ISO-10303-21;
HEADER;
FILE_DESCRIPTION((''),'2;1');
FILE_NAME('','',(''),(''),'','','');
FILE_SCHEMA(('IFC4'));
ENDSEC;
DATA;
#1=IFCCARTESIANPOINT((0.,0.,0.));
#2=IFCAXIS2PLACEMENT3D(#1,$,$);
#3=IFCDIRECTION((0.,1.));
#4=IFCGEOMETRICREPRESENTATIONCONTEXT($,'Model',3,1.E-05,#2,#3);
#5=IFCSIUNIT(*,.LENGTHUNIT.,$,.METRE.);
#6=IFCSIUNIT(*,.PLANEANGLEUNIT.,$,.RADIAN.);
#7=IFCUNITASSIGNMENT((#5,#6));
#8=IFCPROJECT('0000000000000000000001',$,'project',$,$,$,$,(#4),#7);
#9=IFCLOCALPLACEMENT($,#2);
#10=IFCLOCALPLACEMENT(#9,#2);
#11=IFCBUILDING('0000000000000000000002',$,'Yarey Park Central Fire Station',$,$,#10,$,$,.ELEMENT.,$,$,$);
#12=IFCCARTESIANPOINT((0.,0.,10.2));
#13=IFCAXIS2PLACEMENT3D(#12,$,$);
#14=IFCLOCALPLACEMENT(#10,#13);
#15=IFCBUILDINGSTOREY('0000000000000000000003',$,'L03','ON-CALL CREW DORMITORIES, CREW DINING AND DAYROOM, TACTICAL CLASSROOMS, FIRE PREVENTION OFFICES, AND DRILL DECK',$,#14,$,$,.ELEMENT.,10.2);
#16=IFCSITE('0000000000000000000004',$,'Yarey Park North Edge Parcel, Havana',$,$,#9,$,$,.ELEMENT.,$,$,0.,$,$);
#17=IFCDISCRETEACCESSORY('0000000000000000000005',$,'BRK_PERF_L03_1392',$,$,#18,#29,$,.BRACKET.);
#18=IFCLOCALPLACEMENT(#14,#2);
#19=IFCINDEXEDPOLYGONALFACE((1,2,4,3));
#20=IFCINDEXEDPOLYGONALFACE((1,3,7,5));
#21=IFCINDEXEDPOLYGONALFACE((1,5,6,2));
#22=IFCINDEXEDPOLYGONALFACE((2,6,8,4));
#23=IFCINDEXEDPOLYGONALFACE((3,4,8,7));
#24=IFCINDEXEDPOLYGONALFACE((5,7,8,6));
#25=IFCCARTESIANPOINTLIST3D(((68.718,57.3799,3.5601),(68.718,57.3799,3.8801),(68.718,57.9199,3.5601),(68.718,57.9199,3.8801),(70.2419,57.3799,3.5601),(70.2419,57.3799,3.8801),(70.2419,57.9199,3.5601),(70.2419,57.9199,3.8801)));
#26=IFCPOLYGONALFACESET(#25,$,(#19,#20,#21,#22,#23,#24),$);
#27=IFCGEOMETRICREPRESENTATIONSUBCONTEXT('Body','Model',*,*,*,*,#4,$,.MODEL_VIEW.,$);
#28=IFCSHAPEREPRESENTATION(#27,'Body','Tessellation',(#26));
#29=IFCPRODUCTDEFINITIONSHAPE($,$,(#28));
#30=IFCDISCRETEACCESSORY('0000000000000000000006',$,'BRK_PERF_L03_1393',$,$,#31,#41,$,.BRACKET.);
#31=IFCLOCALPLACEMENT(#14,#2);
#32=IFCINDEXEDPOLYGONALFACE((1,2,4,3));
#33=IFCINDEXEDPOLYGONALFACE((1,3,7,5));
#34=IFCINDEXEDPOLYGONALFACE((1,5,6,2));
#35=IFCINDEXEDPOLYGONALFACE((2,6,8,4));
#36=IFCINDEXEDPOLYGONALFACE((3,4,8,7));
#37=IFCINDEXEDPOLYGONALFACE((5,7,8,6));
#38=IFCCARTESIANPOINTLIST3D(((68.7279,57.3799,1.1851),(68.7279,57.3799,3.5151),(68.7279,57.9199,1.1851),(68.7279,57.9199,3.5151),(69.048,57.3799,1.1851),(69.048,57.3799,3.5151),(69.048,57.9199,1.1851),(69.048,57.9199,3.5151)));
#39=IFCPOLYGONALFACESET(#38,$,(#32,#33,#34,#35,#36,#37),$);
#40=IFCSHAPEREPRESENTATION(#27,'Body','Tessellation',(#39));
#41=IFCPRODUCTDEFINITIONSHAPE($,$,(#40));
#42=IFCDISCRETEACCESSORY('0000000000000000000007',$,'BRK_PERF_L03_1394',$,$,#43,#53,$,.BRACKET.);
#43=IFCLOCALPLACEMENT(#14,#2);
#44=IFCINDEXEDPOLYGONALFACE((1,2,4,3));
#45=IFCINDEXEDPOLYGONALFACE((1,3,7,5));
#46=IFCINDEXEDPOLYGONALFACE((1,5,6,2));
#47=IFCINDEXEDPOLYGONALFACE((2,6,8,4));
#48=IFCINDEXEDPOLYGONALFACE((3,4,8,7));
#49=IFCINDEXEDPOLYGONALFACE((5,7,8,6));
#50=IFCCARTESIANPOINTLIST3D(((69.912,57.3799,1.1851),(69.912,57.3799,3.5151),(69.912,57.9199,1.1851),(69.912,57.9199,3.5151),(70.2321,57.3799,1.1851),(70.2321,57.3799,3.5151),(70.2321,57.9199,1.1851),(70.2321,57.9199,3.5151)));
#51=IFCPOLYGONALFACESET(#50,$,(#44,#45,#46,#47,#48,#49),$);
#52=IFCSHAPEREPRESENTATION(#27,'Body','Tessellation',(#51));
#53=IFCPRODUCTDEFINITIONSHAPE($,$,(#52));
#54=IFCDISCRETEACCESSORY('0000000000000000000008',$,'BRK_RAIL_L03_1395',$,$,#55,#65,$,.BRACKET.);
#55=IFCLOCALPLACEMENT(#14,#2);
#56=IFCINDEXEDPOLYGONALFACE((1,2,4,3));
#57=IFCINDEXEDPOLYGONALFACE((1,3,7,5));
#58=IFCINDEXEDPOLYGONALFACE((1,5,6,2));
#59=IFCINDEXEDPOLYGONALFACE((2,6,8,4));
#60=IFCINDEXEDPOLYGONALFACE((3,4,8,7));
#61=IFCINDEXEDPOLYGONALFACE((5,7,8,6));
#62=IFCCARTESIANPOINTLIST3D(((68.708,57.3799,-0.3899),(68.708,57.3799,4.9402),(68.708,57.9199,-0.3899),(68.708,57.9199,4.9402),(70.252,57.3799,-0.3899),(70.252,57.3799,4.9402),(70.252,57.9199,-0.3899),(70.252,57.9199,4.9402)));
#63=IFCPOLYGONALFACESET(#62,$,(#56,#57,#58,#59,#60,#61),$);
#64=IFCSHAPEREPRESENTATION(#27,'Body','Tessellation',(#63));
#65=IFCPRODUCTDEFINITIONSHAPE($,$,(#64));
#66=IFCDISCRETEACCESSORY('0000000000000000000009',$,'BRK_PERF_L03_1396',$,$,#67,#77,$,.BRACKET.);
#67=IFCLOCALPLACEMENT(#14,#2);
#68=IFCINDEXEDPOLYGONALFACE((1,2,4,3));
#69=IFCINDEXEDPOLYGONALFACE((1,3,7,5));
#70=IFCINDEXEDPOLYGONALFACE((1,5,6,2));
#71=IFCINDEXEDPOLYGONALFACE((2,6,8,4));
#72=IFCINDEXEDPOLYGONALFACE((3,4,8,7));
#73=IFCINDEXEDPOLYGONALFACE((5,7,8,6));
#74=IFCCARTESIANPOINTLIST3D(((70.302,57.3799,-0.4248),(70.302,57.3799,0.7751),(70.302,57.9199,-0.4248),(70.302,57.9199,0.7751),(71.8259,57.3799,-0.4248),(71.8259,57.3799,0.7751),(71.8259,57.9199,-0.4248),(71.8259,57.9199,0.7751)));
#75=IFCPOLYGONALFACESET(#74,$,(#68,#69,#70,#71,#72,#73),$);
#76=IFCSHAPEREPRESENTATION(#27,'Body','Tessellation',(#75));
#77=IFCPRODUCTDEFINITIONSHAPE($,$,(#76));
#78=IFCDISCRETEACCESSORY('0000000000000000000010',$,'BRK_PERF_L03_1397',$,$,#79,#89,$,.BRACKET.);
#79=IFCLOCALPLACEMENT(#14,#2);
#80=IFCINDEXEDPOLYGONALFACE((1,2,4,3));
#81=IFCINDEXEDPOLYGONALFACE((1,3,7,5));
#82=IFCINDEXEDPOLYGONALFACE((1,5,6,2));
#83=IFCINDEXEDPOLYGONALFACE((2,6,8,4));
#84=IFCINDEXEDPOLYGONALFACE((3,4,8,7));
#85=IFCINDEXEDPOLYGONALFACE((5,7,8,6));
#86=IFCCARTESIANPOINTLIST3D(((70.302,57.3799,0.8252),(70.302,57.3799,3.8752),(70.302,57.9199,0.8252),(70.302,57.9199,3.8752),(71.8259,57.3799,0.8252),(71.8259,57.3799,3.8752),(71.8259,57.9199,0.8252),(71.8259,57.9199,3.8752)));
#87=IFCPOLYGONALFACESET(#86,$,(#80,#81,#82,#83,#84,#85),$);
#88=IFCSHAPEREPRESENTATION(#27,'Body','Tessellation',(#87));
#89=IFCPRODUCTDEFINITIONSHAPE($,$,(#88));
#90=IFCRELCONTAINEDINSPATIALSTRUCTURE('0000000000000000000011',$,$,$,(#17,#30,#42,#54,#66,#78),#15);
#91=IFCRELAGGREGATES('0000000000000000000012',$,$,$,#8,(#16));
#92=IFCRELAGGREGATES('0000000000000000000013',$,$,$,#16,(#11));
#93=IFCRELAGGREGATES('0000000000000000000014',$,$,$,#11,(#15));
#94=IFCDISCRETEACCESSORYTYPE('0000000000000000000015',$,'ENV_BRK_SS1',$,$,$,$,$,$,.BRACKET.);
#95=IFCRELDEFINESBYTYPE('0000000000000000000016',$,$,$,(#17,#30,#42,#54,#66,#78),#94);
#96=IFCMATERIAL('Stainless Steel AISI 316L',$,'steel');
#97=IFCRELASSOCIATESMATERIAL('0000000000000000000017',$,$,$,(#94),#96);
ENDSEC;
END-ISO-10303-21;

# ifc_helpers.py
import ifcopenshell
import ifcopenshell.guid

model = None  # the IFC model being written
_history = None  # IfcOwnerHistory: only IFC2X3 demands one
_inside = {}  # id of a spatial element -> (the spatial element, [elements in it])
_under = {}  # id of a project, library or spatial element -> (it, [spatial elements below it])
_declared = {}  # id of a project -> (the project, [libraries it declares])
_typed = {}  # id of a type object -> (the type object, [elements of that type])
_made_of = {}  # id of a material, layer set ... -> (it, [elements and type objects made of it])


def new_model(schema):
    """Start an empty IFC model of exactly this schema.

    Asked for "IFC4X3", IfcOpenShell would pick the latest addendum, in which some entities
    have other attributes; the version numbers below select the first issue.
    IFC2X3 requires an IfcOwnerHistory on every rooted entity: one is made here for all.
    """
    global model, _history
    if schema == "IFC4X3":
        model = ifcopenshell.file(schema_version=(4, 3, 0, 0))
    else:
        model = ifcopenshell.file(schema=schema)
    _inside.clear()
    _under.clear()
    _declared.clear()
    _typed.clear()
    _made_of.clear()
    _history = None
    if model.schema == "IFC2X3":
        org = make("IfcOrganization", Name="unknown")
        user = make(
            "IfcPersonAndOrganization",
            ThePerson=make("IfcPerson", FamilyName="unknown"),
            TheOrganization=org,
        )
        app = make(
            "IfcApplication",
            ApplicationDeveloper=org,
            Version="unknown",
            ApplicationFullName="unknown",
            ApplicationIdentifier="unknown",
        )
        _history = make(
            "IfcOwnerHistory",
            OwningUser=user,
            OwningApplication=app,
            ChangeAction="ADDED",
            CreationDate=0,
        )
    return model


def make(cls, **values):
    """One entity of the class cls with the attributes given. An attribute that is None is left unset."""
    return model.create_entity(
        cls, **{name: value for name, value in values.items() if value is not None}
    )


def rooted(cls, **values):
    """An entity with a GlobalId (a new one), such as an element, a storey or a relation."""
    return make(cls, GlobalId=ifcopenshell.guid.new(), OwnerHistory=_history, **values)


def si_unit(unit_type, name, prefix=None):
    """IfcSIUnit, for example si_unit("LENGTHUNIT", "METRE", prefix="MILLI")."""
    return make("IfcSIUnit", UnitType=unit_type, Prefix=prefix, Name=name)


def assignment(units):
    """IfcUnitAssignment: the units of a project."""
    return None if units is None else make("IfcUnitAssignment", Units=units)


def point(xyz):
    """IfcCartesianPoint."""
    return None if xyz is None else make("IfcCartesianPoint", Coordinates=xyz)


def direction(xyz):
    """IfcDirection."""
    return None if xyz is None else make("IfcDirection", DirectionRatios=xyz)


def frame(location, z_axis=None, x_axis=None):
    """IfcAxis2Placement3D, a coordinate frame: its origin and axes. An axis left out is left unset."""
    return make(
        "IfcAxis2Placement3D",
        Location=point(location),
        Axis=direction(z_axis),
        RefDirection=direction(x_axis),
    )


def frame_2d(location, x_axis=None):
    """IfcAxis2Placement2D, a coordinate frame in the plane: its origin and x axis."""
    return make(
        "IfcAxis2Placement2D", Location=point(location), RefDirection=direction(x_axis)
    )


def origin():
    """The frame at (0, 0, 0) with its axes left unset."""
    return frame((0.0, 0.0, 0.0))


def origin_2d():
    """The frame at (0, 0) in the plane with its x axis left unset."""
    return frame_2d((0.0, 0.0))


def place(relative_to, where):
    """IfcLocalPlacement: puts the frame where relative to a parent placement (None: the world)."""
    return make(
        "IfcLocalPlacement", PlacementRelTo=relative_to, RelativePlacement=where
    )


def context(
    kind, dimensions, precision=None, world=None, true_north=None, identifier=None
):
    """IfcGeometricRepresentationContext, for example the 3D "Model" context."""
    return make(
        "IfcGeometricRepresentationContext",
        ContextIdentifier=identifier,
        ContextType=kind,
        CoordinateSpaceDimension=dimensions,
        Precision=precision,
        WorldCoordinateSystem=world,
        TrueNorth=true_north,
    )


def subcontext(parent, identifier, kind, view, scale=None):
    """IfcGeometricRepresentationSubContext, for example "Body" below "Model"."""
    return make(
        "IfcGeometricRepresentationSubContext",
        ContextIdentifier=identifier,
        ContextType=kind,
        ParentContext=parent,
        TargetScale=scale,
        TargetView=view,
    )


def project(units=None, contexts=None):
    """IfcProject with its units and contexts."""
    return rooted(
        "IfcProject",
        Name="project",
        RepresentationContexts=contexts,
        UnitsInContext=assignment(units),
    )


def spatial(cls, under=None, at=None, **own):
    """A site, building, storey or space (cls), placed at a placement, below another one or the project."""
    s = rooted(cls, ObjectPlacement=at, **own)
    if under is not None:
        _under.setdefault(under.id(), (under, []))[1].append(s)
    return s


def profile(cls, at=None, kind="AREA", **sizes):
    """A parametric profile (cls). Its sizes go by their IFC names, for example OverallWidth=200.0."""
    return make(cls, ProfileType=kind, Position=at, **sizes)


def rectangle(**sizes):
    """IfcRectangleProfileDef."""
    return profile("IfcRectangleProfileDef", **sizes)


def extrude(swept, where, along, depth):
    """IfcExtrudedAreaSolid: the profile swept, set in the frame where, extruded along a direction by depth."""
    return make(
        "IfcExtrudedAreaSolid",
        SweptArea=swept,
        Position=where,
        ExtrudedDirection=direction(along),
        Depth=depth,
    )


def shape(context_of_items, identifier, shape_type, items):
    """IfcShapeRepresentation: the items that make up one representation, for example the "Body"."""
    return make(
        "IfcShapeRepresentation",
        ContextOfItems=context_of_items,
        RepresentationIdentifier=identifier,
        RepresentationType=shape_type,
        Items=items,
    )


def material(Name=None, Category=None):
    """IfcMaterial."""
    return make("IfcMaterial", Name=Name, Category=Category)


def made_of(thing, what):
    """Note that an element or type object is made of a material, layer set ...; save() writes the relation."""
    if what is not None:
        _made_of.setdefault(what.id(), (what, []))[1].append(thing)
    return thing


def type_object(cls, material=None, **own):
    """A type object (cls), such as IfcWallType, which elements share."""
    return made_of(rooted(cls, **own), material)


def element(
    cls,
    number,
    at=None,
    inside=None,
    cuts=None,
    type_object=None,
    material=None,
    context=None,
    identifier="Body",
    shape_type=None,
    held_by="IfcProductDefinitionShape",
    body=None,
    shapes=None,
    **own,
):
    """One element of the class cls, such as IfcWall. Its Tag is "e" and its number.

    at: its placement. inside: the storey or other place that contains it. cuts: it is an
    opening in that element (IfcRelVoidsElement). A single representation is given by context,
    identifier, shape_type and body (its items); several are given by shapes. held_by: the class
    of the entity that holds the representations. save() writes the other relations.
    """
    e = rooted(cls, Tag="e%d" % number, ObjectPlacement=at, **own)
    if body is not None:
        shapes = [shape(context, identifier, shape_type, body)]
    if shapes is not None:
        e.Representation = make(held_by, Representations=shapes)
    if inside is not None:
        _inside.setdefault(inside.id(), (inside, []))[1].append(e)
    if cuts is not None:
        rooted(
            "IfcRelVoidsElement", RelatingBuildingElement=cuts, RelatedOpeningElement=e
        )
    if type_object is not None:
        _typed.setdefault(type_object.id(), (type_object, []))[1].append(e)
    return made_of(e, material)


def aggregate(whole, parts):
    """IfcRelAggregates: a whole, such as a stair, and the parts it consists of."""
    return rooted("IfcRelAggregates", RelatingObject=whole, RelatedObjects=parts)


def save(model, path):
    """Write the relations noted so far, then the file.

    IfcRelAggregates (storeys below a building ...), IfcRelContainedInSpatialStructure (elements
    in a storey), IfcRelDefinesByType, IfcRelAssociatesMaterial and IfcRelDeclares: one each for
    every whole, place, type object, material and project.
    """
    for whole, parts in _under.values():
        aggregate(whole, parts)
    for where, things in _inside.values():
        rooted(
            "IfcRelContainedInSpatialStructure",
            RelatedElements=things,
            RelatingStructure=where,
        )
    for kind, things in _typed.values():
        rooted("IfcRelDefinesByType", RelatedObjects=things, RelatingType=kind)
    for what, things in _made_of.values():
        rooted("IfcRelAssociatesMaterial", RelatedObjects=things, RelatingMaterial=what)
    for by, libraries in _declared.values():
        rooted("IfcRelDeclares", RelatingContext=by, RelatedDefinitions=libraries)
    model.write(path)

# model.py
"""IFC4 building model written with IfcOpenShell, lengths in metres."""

from ifc_helpers import new_model, si_unit, direction, frame, origin, origin_2d, place, context, subcontext, project, spatial, rectangle, extrude, material, type_object, element, save


model = new_model("IFC4")

# Units and contexts
model_context = context("Model", 3, precision=1e-05, world=origin(), true_north=direction((0.0, 1.0)))
body_context = subcontext(model_context, "Body", "Model", "MODEL_VIEW")
ifc_project = project(units=[si_unit("LENGTHUNIT", "METRE"), si_unit("PLANEANGLEUNIT", "RADIAN")], contexts=[model_context])

# Site, building, storey
site_placement = place(None, origin())
site = spatial("IfcSite", under=ifc_project, at=site_placement, Name="Yarey Park North Edge Parcel, Havana", CompositionType="ELEMENT", RefElevation=0.0)
building_placement = place(site_placement, origin())
building = spatial("IfcBuilding", under=site, at=building_placement, Name="Yarey Park Central Fire Station", CompositionType="ELEMENT")
storey_placement = place(building_placement, frame((0.0, 0.0, 10.2)))
storey = spatial("IfcBuildingStorey", under=building, at=storey_placement, Name="L03", Description="ON-CALL CREW DORMITORIES, CREW DINING AND DAYROOM, TACTICAL CLASSROOMS, FIRE PREVENTION OFFICES, AND DRILL DECK", CompositionType="ELEMENT", Elevation=10.2)

# Discrete accessories
ifc_material_1 = material(Name="Stainless Steel AISI 316L", Category="steel")
discrete_accessory_type = type_object("IfcDiscreteAccessoryType", Name="ENV_BRK_SS1", PredefinedType="BRACKET", material=ifc_material_1)
for number, where, z_axis, x_axis, name in (
    (1, (69.48, 57.6499, 3.5601), (0.0, 0.0, 1.0), (1.0, 0.0, 0.0), "BRK_PERF_L03_1392"),
):
    element("IfcDiscreteAccessory", number, at=place(storey_placement, frame(where, z_axis=z_axis, x_axis=x_axis)), inside=storey, type_object=discrete_accessory_type, Name=name, PredefinedType="BRACKET", context=body_context, shape_type="SweptSolid", body=[
        extrude(rectangle(XDim=1.5239, YDim=0.54, at=origin_2d()), origin(), (0.0, 0.0, 1.0), 0.3201),
    ])
for number, where, z_axis, x_axis, name in (
    (2, (68.8879, 57.6499, 1.1851), (0.0, 0.0, 1.0), (1.0, 0.0, 0.0), "BRK_PERF_L03_1393"),
    (3, (70.072, 57.6499, 1.1851), (0.0, 0.0, 1.0), (1.0, 0.0, 0.0), "BRK_PERF_L03_1394"),
):
    element("IfcDiscreteAccessory", number, at=place(storey_placement, frame(where, z_axis=z_axis, x_axis=x_axis)), inside=storey, type_object=discrete_accessory_type, Name=name, PredefinedType="BRACKET", context=body_context, shape_type="SweptSolid", body=[
        extrude(rectangle(XDim=0.3201, YDim=0.54, at=origin_2d()), origin(), (0.0, 0.0, 1.0), 2.3301),
    ])
discrete_accessory_1_placement = place(storey_placement, frame((69.48, 57.6499, -0.3899), z_axis=(0.0, 0.0, 1.0), x_axis=(1.0, 0.0, 0.0)))
element("IfcDiscreteAccessory", 4, at=discrete_accessory_1_placement, inside=storey, type_object=discrete_accessory_type, Name="BRK_RAIL_L03_1395", PredefinedType="BRACKET", context=body_context, shape_type="SweptSolid", body=[
    extrude(rectangle(XDim=1.5439, YDim=0.54, at=origin_2d()), origin(), (0.0, 0.0, 1.0), 5.3301),
])
discrete_accessory_2_placement = place(storey_placement, frame((71.064, 57.6499, -0.4248), z_axis=(0.0, 0.0, 1.0), x_axis=(1.0, 0.0, 0.0)))
element("IfcDiscreteAccessory", 5, at=discrete_accessory_2_placement, inside=storey, type_object=discrete_accessory_type, Name="BRK_PERF_L03_1396", PredefinedType="BRACKET", context=body_context, shape_type="SweptSolid", body=[
    extrude(rectangle(XDim=1.5239, YDim=0.54, at=origin_2d()), origin(), (0.0, 0.0, 1.0), 1.2),
])
discrete_accessory_3_placement = place(storey_placement, frame((71.064, 57.6499, 0.8252), z_axis=(0.0, 0.0, 1.0), x_axis=(1.0, 0.0, 0.0)))
element("IfcDiscreteAccessory", 6, at=discrete_accessory_3_placement, inside=storey, type_object=discrete_accessory_type, Name="BRK_PERF_L03_1397", PredefinedType="BRACKET", context=body_context, shape_type="SweptSolid", body=[
    extrude(rectangle(XDim=1.5239, YDim=0.54, at=origin_2d()), origin(), (0.0, 0.0, 1.0), 3.05),
])

save(model, "model.ifc")
